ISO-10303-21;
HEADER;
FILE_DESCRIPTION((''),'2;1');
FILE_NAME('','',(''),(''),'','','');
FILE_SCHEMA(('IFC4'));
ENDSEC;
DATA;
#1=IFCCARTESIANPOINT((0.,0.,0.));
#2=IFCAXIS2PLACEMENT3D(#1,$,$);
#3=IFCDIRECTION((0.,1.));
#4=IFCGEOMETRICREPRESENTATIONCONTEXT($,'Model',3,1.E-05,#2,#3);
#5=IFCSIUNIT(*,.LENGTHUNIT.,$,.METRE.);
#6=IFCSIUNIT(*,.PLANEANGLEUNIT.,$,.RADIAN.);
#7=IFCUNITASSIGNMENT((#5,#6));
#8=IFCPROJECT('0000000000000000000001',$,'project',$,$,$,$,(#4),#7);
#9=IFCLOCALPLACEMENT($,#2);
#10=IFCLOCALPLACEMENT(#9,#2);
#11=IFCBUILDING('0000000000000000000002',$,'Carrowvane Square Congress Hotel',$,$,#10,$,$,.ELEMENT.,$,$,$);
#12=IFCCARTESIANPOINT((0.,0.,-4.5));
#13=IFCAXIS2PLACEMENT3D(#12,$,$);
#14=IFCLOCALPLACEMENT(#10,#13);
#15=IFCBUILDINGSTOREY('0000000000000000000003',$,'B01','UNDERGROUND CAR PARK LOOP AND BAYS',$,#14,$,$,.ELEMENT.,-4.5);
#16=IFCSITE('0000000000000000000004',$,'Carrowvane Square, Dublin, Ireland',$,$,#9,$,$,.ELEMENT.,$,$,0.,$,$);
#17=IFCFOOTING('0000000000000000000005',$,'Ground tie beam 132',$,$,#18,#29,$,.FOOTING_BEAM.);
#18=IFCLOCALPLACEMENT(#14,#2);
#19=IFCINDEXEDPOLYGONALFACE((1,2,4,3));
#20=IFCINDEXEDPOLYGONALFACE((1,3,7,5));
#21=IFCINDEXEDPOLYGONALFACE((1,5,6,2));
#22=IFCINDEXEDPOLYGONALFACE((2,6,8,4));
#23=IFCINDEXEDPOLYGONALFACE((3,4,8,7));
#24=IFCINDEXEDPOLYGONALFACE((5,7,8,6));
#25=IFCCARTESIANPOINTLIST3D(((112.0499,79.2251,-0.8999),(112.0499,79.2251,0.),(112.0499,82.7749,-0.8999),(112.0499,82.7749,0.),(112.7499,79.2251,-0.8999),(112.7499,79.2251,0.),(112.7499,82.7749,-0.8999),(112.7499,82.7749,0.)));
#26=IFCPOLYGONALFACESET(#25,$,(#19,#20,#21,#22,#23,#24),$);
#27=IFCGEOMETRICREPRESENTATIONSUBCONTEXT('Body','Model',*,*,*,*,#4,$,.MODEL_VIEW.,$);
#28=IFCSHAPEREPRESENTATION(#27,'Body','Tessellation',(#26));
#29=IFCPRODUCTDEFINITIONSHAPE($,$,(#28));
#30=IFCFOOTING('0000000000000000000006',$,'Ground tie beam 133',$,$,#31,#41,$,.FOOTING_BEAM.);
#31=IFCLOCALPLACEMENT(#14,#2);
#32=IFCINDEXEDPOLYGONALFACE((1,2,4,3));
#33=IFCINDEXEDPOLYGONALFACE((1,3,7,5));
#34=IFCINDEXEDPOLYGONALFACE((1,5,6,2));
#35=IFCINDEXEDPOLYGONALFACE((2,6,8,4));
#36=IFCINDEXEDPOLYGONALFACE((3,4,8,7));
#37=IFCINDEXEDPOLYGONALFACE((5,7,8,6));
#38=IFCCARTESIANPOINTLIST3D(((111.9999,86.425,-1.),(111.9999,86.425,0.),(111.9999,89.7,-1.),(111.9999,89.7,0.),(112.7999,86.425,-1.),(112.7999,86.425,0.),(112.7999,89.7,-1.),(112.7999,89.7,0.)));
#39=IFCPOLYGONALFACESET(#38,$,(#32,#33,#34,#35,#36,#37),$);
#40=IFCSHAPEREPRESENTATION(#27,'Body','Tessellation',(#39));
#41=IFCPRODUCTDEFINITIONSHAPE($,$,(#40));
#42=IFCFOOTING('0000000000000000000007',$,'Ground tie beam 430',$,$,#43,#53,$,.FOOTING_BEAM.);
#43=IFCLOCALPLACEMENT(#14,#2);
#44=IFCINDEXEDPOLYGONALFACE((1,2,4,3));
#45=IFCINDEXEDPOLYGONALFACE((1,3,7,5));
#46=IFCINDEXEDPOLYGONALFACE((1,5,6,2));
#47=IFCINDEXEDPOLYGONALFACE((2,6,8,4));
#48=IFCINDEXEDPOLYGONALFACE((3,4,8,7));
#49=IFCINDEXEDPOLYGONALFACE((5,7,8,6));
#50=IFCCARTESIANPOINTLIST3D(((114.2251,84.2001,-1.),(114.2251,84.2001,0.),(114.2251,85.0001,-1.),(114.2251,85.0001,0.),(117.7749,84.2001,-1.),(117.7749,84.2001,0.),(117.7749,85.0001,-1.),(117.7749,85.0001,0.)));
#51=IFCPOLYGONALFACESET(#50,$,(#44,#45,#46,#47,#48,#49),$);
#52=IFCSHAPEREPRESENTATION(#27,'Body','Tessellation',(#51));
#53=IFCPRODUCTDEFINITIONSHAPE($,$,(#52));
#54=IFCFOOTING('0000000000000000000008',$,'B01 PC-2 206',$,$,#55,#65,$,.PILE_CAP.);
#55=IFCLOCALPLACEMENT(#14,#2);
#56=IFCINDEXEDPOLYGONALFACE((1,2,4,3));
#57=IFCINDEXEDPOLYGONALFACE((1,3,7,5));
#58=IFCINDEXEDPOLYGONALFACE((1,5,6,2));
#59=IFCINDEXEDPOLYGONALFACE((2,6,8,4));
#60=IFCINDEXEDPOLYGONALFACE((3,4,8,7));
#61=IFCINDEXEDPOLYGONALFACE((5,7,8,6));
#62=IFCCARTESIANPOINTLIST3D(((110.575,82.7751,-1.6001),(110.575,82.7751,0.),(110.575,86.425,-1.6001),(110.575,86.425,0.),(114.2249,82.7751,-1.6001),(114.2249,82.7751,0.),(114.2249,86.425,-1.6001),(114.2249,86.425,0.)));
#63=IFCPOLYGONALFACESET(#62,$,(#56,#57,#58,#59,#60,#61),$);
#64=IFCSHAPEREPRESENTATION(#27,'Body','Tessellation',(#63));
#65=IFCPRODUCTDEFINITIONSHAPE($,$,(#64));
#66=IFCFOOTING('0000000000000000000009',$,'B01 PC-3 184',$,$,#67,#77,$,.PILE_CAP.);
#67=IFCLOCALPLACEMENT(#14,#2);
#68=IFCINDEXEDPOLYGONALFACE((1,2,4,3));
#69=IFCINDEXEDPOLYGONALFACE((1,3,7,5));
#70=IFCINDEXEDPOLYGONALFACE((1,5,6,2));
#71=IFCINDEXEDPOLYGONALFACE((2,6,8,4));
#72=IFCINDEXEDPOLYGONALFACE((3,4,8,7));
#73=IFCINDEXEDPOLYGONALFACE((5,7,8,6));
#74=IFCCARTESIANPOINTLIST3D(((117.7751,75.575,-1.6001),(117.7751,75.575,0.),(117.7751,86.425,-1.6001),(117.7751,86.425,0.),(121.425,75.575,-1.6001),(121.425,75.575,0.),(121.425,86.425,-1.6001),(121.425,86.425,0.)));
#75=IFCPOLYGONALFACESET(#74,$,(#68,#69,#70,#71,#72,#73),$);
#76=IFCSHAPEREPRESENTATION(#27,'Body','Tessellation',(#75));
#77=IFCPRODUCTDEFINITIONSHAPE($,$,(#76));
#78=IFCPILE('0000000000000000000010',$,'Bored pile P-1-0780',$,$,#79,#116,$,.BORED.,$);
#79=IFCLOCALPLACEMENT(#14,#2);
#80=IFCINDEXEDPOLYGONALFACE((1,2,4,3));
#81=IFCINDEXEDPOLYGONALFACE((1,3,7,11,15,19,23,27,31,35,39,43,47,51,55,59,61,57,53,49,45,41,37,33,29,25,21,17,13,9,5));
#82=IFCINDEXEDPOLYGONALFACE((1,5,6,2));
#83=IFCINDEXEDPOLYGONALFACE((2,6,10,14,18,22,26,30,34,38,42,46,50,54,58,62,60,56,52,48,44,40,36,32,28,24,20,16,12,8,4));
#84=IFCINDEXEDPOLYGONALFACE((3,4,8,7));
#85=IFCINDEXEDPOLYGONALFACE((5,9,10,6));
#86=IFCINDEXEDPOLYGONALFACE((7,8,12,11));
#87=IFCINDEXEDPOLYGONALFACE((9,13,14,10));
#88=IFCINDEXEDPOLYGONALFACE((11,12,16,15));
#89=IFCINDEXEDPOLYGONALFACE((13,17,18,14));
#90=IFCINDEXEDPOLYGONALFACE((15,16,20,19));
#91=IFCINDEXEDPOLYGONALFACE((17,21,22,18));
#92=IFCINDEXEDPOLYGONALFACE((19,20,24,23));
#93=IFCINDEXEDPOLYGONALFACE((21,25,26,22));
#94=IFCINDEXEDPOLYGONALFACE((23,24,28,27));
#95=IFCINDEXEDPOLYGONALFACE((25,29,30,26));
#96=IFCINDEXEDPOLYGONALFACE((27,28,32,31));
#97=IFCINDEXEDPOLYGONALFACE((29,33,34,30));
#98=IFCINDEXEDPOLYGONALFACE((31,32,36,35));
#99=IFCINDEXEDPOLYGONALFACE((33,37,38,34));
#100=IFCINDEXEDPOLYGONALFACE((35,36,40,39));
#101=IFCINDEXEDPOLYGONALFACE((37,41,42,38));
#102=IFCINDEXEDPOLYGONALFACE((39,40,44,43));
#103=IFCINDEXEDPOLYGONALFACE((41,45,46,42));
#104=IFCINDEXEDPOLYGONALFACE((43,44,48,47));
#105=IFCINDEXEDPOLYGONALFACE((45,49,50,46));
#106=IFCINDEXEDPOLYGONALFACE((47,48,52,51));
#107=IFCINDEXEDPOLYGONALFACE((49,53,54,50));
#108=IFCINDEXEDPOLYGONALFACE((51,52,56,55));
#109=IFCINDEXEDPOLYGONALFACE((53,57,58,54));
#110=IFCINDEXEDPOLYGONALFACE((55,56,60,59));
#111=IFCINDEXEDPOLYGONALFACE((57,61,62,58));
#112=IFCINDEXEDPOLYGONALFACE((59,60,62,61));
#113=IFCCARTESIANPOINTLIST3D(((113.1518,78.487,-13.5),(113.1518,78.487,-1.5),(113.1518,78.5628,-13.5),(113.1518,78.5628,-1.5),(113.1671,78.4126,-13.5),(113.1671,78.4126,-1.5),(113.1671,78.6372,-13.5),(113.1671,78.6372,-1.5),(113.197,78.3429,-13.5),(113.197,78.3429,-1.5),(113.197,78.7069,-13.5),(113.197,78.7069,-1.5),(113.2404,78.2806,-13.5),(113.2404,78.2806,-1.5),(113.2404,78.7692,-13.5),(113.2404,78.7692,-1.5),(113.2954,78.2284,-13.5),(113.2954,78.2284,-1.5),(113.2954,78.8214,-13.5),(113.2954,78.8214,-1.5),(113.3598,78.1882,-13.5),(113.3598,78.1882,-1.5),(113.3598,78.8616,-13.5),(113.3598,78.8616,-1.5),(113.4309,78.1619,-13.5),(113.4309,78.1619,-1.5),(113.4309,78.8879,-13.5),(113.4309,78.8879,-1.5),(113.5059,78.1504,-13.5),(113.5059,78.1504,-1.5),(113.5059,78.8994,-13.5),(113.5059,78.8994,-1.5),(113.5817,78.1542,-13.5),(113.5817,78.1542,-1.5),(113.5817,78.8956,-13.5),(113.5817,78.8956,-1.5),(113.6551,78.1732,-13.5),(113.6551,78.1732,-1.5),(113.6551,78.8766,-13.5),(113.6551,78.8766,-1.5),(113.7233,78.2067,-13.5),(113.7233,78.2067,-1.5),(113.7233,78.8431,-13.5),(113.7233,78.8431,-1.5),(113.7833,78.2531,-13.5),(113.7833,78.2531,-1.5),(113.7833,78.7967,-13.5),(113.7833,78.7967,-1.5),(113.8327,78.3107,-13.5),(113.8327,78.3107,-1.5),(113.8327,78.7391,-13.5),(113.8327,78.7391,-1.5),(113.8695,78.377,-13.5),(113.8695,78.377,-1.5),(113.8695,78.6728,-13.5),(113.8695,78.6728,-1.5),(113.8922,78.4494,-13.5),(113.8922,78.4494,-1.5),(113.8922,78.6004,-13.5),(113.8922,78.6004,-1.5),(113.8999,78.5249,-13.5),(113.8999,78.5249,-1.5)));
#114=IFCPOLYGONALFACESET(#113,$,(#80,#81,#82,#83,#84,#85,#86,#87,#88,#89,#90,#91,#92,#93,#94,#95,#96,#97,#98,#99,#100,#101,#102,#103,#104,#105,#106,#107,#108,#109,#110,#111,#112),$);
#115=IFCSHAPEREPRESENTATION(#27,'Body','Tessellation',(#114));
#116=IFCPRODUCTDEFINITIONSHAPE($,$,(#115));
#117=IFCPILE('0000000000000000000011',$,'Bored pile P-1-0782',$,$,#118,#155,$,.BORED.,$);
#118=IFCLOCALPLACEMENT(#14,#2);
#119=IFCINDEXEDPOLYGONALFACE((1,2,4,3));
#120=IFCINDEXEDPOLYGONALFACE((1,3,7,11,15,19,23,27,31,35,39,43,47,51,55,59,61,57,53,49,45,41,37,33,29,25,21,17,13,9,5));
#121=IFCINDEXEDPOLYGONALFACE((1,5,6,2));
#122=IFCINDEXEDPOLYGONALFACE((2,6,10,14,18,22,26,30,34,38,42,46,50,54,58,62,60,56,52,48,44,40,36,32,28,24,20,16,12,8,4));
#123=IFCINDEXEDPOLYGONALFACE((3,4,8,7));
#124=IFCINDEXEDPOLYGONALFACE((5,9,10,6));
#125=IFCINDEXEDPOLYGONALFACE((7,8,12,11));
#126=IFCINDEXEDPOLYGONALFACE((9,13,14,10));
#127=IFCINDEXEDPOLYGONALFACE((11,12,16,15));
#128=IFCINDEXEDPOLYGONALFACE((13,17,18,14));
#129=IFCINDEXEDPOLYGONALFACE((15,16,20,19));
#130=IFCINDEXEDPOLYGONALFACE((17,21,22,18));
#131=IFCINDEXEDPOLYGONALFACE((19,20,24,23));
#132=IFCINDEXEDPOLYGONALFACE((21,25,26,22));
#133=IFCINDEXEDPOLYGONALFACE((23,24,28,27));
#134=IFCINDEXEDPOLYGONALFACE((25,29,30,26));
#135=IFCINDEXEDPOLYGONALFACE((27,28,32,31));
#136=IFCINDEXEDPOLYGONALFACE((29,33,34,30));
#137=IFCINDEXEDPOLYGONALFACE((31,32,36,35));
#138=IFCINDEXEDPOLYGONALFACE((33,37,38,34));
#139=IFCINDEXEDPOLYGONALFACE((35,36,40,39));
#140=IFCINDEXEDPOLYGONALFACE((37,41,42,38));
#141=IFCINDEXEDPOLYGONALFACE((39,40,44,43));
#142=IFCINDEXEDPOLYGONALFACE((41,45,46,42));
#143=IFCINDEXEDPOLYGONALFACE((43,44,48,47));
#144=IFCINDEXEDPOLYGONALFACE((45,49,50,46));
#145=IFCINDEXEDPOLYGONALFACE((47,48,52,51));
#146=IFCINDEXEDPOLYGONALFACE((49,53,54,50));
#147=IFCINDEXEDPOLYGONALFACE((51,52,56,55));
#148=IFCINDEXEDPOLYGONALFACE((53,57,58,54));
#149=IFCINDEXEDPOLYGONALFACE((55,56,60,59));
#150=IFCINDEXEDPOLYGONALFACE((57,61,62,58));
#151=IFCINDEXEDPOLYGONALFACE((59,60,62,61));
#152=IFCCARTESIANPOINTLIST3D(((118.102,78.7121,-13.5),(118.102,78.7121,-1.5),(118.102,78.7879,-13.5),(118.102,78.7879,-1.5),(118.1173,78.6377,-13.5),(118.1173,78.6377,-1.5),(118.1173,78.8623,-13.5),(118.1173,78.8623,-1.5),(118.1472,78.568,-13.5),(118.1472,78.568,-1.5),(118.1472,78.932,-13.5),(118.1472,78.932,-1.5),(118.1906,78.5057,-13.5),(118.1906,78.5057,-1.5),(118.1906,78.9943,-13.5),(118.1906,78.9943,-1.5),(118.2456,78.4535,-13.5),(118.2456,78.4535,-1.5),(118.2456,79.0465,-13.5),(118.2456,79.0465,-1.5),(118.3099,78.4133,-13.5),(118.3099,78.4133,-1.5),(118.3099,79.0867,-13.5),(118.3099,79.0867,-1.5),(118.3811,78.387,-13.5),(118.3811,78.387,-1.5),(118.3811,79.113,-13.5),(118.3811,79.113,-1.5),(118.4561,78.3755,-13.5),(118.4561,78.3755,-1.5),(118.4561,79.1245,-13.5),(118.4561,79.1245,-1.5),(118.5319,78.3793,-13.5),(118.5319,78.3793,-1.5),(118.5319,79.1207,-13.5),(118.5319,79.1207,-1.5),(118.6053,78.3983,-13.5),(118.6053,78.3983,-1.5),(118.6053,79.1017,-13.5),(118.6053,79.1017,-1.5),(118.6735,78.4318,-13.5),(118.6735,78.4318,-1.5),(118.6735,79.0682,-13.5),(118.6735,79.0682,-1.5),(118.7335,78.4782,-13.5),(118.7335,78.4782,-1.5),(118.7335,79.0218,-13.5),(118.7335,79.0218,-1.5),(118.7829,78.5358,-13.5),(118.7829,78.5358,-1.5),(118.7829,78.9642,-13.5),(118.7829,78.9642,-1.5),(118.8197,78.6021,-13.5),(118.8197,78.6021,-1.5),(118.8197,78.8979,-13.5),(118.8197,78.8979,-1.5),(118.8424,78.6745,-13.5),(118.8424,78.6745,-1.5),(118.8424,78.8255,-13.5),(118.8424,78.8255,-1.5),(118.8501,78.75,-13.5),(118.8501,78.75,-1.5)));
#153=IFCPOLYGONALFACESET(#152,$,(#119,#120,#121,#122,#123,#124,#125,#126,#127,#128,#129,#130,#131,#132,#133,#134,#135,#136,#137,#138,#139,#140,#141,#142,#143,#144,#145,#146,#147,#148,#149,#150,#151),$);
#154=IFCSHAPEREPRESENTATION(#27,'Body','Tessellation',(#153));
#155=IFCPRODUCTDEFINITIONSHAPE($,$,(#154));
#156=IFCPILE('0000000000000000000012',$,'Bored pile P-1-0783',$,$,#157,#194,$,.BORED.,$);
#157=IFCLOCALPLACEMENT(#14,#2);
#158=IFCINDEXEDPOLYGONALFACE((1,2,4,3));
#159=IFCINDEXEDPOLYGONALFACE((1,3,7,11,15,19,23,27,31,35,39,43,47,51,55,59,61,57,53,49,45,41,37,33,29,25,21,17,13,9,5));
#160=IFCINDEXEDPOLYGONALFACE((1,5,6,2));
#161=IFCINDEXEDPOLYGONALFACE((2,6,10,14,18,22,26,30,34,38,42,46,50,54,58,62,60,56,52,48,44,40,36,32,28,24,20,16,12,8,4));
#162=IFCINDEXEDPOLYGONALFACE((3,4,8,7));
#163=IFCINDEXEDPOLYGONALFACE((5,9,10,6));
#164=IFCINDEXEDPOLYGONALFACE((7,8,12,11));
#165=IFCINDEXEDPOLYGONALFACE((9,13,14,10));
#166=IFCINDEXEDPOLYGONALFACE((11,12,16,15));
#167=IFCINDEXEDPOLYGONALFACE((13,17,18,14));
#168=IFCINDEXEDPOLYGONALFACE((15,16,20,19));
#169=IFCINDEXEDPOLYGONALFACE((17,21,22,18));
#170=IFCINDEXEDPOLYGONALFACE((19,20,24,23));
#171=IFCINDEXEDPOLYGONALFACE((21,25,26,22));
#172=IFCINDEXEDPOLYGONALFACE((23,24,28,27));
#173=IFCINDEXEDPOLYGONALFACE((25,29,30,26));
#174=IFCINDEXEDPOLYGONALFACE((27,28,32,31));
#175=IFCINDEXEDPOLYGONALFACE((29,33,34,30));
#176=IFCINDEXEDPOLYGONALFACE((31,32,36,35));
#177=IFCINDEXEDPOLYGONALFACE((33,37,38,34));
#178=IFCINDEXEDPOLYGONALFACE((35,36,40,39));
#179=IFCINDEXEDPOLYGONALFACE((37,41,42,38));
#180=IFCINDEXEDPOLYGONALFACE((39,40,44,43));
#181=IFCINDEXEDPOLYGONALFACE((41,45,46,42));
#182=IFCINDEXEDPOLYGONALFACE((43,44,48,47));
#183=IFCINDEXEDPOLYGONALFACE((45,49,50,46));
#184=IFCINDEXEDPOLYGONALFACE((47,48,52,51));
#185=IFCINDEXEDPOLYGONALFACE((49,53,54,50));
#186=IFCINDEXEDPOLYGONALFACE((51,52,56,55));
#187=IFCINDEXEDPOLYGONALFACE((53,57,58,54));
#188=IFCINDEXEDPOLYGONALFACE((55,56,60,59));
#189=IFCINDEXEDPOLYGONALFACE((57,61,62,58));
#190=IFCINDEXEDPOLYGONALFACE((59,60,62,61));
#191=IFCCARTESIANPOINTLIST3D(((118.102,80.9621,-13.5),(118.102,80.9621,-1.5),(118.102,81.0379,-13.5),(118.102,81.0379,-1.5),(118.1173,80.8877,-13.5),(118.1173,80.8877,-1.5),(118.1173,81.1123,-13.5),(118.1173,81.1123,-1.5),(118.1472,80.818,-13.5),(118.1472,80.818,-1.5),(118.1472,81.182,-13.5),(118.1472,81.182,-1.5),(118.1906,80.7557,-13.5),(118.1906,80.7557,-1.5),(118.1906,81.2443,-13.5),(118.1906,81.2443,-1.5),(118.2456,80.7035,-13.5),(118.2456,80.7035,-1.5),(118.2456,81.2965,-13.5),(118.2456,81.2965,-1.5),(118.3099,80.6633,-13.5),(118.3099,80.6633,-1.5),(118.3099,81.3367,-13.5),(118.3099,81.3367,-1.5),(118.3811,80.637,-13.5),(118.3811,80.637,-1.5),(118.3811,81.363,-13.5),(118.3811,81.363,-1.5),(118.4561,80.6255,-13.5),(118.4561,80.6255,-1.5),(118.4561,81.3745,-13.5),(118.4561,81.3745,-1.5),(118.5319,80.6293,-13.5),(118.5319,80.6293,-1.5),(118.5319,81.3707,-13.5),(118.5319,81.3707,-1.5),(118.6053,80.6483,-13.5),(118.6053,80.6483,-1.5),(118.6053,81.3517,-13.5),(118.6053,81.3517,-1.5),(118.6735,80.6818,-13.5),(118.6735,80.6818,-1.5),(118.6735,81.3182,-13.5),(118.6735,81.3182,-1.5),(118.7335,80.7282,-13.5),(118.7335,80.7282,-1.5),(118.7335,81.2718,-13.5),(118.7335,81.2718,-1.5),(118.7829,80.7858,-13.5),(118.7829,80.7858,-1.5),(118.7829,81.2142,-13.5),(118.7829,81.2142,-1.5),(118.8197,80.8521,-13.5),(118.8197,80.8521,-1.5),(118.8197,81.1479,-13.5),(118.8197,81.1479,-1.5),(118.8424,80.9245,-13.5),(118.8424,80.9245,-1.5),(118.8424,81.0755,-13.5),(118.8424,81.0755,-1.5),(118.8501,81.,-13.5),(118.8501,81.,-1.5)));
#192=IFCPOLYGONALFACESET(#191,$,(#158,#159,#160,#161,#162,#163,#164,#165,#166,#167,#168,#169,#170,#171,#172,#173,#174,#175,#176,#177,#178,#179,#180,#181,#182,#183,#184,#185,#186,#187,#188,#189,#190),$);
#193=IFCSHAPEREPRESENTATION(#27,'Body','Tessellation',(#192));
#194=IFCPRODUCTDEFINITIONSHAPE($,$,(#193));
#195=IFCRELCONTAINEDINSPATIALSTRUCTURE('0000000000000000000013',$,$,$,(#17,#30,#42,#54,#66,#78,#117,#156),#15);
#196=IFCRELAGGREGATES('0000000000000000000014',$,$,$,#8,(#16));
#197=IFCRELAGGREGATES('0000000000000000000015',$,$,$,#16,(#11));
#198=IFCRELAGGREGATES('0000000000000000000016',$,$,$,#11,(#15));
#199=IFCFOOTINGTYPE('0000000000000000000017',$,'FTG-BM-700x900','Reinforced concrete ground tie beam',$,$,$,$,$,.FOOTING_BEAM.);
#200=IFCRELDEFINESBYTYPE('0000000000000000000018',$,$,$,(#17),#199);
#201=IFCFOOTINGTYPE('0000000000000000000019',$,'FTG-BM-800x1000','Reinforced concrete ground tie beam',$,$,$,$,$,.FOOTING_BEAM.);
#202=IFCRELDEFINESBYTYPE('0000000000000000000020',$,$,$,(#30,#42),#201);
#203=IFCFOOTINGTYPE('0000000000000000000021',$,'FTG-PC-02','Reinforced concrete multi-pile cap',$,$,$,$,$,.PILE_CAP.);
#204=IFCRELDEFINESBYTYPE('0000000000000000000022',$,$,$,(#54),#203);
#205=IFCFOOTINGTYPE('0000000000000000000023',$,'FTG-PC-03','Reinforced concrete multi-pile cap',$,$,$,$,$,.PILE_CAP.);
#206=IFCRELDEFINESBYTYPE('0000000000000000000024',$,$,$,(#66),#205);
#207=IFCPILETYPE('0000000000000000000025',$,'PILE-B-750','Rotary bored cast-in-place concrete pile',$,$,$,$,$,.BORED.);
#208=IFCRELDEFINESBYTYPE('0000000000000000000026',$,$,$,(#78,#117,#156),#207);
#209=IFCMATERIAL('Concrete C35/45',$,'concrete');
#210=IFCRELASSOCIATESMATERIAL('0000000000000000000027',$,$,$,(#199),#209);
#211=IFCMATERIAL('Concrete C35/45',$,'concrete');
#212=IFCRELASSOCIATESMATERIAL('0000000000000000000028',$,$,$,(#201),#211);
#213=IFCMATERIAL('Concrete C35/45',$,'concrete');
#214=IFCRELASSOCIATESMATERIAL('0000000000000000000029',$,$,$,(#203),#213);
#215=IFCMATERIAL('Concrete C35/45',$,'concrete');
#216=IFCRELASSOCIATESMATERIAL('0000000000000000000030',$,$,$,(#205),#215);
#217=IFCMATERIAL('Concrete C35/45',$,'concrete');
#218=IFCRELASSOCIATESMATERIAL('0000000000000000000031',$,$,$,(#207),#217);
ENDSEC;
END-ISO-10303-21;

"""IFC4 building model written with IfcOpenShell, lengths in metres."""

from ifc_helpers import new_model, si_unit, direction, frame, origin, origin_2d, place, context, subcontext, project, spatial, rectangle, circle, extrude, material, material_profile, profile_set, type_object, element, save


model = new_model("IFC4")

# Units and contexts
model_context = context("Model", 3, precision=1e-05, world=origin(), true_north=direction((0.0, 1.0)))
body_context = subcontext(model_context, "Body", "Model", "MODEL_VIEW")
ifc_project = project(units=[si_unit("LENGTHUNIT", "METRE"), si_unit("PLANEANGLEUNIT", "RADIAN")], contexts=[model_context])

# Site, building, storey
site_placement = place(None, origin())
site = spatial("IfcSite", under=ifc_project, at=site_placement, Name="Carrowvane Square, Dublin, Ireland", CompositionType="ELEMENT", RefElevation=0.0)
building_placement = place(site_placement, origin())
building = spatial("IfcBuilding", under=site, at=building_placement, Name="Carrowvane Square Congress Hotel", CompositionType="ELEMENT")
storey_placement = place(building_placement, frame((0.0, 0.0, -4.5)))
storey = spatial("IfcBuildingStorey", under=building, at=storey_placement, Name="B01", Description="UNDERGROUND CAR PARK LOOP AND BAYS", CompositionType="ELEMENT", Elevation=-4.5)

# Footings
ifc_material_1 = material(Name="Concrete C35/45", Category="concrete")
ifc_material_profile_1 = material_profile(ifc_material_1, rectangle(XDim=0.7, YDim=0.8999, at=origin_2d()), Name="RC 700x900")
ifc_profile_set_1 = profile_set([ifc_material_profile_1], Name="Concrete C35/45")
footing_type_1 = type_object("IfcFootingType", Name="FTG-BM-700x900", Description="Reinforced concrete ground tie beam", PredefinedType="FOOTING_BEAM", material=ifc_profile_set_1)
footing_1_placement = place(storey_placement, frame((112.3999, 79.2251, -0.45), z_axis=(0.0, 1.0, 0.0), x_axis=(-1.0, 0.0, 0.0)))
element("IfcFooting", 1, at=footing_1_placement, inside=storey, type_object=footing_type_1, Name="Ground tie beam 132", PredefinedType="FOOTING_BEAM", context=body_context, shape_type="SweptSolid", body=[
    extrude(rectangle(XDim=0.7, YDim=0.8999, at=origin_2d()), origin(), (0.0, 0.0, 1.0), 3.5498),
])
ifc_material_2 = material(Name="Concrete C35/45", Category="concrete")
ifc_material_profile_2 = material_profile(ifc_material_2, rectangle(XDim=0.8, YDim=1.0, at=origin_2d()), Name="RC 800x1000")
ifc_profile_set_2 = profile_set([ifc_material_profile_2], Name="Concrete C35/45")
footing_type_2 = type_object("IfcFootingType", Name="FTG-BM-800x1000", Description="Reinforced concrete ground tie beam", PredefinedType="FOOTING_BEAM", material=ifc_profile_set_2)
footing_2_placement = place(storey_placement, frame((112.3999, 86.425, -0.5), z_axis=(0.0, 1.0, 0.0), x_axis=(-1.0, 0.0, 0.0)))
element("IfcFooting", 2, at=footing_2_placement, inside=storey, type_object=footing_type_2, Name="Ground tie beam 133", PredefinedType="FOOTING_BEAM", context=body_context, shape_type="SweptSolid", body=[
    extrude(rectangle(XDim=0.8, YDim=1.0, at=origin_2d()), origin(), (0.0, 0.0, 1.0), 3.2749),
])
footing_3_placement = place(storey_placement, frame((114.2251, 84.6001, -0.5), z_axis=(1.0, 0.0, 0.0), x_axis=(0.0, 1.0, 0.0)))
element("IfcFooting", 3, at=footing_3_placement, inside=storey, type_object=footing_type_2, Name="Ground tie beam 430", PredefinedType="FOOTING_BEAM", context=body_context, shape_type="SweptSolid", body=[
    extrude(rectangle(XDim=0.8, YDim=1.0, at=origin_2d()), origin(), (0.0, 0.0, 1.0), 3.5498),
])
ifc_material_3 = material(Name="Concrete C35/45", Category="concrete")
footing_type_3 = type_object("IfcFootingType", Name="FTG-PC-02", Description="Reinforced concrete multi-pile cap", PredefinedType="PILE_CAP", material=ifc_material_3)
footing_4_placement = place(storey_placement, frame((112.3999, 84.6001, -1.6001), z_axis=(0.0, 0.0, 1.0), x_axis=(1.0, 0.0, 0.0)))
element("IfcFooting", 4, at=footing_4_placement, inside=storey, type_object=footing_type_3, Name="B01 PC-2 206", PredefinedType="PILE_CAP", context=body_context, shape_type="SweptSolid", body=[
    extrude(rectangle(XDim=3.6499, YDim=3.6499, at=origin_2d()), origin(), (0.0, 0.0, 1.0), 1.6001),
])
ifc_material_4 = material(Name="Concrete C35/45", Category="concrete")
footing_type_4 = type_object("IfcFootingType", Name="FTG-PC-03", Description="Reinforced concrete multi-pile cap", PredefinedType="PILE_CAP", material=ifc_material_4)
footing_5_placement = place(storey_placement, frame((119.6001, 81.0, -1.6001), z_axis=(0.0, 0.0, 1.0), x_axis=(1.0, 0.0, 0.0)))
element("IfcFooting", 5, at=footing_5_placement, inside=storey, type_object=footing_type_4, Name="B01 PC-3 184", PredefinedType="PILE_CAP", context=body_context, shape_type="SweptSolid", body=[
    extrude(rectangle(XDim=3.6499, YDim=10.8501, at=origin_2d()), origin(), (0.0, 0.0, 1.0), 1.6001),
])

# Piles
ifc_material_5 = material(Name="Concrete C35/45", Category="concrete")
ifc_material_profile_3 = material_profile(ifc_material_5, circle(Radius=0.375, at=origin_2d()), Name="PILE D750")
ifc_profile_set_3 = profile_set([ifc_material_profile_3], Name="Concrete C35/45")
pile_type_1 = type_object("IfcPileType", Name="PILE-B-750", Description="Rotary bored cast-in-place concrete pile", PredefinedType="BORED", material=ifc_profile_set_3)
for number, where, z_axis, x_axis, name in (
    (6, (113.5249, 78.5249, -1.5), (0.0, 0.0, -1.0), (1.0, 0.0, 0.0), "Bored pile P-1-0780"),
    (7, (118.4751, 78.75, -1.5), (0.0, 0.0, -1.0), (1.0, 0.0, 0.0), "Bored pile P-1-0782"),
    (8, (118.4751, 81.0, -1.5), (0.0, 0.0, -1.0), (1.0, 0.0, 0.0), "Bored pile P-1-0783"),
):
    element("IfcPile", number, at=place(storey_placement, frame(where, z_axis=z_axis, x_axis=x_axis)), inside=storey, type_object=pile_type_1, Name=name, PredefinedType="BORED", context=body_context, shape_type="SweptSolid", body=[
        extrude(circle(Radius=0.375, at=origin_2d()), origin(), (0.0, 0.0, 1.0), 12.0),
    ])

save(model, "model.ifc")
